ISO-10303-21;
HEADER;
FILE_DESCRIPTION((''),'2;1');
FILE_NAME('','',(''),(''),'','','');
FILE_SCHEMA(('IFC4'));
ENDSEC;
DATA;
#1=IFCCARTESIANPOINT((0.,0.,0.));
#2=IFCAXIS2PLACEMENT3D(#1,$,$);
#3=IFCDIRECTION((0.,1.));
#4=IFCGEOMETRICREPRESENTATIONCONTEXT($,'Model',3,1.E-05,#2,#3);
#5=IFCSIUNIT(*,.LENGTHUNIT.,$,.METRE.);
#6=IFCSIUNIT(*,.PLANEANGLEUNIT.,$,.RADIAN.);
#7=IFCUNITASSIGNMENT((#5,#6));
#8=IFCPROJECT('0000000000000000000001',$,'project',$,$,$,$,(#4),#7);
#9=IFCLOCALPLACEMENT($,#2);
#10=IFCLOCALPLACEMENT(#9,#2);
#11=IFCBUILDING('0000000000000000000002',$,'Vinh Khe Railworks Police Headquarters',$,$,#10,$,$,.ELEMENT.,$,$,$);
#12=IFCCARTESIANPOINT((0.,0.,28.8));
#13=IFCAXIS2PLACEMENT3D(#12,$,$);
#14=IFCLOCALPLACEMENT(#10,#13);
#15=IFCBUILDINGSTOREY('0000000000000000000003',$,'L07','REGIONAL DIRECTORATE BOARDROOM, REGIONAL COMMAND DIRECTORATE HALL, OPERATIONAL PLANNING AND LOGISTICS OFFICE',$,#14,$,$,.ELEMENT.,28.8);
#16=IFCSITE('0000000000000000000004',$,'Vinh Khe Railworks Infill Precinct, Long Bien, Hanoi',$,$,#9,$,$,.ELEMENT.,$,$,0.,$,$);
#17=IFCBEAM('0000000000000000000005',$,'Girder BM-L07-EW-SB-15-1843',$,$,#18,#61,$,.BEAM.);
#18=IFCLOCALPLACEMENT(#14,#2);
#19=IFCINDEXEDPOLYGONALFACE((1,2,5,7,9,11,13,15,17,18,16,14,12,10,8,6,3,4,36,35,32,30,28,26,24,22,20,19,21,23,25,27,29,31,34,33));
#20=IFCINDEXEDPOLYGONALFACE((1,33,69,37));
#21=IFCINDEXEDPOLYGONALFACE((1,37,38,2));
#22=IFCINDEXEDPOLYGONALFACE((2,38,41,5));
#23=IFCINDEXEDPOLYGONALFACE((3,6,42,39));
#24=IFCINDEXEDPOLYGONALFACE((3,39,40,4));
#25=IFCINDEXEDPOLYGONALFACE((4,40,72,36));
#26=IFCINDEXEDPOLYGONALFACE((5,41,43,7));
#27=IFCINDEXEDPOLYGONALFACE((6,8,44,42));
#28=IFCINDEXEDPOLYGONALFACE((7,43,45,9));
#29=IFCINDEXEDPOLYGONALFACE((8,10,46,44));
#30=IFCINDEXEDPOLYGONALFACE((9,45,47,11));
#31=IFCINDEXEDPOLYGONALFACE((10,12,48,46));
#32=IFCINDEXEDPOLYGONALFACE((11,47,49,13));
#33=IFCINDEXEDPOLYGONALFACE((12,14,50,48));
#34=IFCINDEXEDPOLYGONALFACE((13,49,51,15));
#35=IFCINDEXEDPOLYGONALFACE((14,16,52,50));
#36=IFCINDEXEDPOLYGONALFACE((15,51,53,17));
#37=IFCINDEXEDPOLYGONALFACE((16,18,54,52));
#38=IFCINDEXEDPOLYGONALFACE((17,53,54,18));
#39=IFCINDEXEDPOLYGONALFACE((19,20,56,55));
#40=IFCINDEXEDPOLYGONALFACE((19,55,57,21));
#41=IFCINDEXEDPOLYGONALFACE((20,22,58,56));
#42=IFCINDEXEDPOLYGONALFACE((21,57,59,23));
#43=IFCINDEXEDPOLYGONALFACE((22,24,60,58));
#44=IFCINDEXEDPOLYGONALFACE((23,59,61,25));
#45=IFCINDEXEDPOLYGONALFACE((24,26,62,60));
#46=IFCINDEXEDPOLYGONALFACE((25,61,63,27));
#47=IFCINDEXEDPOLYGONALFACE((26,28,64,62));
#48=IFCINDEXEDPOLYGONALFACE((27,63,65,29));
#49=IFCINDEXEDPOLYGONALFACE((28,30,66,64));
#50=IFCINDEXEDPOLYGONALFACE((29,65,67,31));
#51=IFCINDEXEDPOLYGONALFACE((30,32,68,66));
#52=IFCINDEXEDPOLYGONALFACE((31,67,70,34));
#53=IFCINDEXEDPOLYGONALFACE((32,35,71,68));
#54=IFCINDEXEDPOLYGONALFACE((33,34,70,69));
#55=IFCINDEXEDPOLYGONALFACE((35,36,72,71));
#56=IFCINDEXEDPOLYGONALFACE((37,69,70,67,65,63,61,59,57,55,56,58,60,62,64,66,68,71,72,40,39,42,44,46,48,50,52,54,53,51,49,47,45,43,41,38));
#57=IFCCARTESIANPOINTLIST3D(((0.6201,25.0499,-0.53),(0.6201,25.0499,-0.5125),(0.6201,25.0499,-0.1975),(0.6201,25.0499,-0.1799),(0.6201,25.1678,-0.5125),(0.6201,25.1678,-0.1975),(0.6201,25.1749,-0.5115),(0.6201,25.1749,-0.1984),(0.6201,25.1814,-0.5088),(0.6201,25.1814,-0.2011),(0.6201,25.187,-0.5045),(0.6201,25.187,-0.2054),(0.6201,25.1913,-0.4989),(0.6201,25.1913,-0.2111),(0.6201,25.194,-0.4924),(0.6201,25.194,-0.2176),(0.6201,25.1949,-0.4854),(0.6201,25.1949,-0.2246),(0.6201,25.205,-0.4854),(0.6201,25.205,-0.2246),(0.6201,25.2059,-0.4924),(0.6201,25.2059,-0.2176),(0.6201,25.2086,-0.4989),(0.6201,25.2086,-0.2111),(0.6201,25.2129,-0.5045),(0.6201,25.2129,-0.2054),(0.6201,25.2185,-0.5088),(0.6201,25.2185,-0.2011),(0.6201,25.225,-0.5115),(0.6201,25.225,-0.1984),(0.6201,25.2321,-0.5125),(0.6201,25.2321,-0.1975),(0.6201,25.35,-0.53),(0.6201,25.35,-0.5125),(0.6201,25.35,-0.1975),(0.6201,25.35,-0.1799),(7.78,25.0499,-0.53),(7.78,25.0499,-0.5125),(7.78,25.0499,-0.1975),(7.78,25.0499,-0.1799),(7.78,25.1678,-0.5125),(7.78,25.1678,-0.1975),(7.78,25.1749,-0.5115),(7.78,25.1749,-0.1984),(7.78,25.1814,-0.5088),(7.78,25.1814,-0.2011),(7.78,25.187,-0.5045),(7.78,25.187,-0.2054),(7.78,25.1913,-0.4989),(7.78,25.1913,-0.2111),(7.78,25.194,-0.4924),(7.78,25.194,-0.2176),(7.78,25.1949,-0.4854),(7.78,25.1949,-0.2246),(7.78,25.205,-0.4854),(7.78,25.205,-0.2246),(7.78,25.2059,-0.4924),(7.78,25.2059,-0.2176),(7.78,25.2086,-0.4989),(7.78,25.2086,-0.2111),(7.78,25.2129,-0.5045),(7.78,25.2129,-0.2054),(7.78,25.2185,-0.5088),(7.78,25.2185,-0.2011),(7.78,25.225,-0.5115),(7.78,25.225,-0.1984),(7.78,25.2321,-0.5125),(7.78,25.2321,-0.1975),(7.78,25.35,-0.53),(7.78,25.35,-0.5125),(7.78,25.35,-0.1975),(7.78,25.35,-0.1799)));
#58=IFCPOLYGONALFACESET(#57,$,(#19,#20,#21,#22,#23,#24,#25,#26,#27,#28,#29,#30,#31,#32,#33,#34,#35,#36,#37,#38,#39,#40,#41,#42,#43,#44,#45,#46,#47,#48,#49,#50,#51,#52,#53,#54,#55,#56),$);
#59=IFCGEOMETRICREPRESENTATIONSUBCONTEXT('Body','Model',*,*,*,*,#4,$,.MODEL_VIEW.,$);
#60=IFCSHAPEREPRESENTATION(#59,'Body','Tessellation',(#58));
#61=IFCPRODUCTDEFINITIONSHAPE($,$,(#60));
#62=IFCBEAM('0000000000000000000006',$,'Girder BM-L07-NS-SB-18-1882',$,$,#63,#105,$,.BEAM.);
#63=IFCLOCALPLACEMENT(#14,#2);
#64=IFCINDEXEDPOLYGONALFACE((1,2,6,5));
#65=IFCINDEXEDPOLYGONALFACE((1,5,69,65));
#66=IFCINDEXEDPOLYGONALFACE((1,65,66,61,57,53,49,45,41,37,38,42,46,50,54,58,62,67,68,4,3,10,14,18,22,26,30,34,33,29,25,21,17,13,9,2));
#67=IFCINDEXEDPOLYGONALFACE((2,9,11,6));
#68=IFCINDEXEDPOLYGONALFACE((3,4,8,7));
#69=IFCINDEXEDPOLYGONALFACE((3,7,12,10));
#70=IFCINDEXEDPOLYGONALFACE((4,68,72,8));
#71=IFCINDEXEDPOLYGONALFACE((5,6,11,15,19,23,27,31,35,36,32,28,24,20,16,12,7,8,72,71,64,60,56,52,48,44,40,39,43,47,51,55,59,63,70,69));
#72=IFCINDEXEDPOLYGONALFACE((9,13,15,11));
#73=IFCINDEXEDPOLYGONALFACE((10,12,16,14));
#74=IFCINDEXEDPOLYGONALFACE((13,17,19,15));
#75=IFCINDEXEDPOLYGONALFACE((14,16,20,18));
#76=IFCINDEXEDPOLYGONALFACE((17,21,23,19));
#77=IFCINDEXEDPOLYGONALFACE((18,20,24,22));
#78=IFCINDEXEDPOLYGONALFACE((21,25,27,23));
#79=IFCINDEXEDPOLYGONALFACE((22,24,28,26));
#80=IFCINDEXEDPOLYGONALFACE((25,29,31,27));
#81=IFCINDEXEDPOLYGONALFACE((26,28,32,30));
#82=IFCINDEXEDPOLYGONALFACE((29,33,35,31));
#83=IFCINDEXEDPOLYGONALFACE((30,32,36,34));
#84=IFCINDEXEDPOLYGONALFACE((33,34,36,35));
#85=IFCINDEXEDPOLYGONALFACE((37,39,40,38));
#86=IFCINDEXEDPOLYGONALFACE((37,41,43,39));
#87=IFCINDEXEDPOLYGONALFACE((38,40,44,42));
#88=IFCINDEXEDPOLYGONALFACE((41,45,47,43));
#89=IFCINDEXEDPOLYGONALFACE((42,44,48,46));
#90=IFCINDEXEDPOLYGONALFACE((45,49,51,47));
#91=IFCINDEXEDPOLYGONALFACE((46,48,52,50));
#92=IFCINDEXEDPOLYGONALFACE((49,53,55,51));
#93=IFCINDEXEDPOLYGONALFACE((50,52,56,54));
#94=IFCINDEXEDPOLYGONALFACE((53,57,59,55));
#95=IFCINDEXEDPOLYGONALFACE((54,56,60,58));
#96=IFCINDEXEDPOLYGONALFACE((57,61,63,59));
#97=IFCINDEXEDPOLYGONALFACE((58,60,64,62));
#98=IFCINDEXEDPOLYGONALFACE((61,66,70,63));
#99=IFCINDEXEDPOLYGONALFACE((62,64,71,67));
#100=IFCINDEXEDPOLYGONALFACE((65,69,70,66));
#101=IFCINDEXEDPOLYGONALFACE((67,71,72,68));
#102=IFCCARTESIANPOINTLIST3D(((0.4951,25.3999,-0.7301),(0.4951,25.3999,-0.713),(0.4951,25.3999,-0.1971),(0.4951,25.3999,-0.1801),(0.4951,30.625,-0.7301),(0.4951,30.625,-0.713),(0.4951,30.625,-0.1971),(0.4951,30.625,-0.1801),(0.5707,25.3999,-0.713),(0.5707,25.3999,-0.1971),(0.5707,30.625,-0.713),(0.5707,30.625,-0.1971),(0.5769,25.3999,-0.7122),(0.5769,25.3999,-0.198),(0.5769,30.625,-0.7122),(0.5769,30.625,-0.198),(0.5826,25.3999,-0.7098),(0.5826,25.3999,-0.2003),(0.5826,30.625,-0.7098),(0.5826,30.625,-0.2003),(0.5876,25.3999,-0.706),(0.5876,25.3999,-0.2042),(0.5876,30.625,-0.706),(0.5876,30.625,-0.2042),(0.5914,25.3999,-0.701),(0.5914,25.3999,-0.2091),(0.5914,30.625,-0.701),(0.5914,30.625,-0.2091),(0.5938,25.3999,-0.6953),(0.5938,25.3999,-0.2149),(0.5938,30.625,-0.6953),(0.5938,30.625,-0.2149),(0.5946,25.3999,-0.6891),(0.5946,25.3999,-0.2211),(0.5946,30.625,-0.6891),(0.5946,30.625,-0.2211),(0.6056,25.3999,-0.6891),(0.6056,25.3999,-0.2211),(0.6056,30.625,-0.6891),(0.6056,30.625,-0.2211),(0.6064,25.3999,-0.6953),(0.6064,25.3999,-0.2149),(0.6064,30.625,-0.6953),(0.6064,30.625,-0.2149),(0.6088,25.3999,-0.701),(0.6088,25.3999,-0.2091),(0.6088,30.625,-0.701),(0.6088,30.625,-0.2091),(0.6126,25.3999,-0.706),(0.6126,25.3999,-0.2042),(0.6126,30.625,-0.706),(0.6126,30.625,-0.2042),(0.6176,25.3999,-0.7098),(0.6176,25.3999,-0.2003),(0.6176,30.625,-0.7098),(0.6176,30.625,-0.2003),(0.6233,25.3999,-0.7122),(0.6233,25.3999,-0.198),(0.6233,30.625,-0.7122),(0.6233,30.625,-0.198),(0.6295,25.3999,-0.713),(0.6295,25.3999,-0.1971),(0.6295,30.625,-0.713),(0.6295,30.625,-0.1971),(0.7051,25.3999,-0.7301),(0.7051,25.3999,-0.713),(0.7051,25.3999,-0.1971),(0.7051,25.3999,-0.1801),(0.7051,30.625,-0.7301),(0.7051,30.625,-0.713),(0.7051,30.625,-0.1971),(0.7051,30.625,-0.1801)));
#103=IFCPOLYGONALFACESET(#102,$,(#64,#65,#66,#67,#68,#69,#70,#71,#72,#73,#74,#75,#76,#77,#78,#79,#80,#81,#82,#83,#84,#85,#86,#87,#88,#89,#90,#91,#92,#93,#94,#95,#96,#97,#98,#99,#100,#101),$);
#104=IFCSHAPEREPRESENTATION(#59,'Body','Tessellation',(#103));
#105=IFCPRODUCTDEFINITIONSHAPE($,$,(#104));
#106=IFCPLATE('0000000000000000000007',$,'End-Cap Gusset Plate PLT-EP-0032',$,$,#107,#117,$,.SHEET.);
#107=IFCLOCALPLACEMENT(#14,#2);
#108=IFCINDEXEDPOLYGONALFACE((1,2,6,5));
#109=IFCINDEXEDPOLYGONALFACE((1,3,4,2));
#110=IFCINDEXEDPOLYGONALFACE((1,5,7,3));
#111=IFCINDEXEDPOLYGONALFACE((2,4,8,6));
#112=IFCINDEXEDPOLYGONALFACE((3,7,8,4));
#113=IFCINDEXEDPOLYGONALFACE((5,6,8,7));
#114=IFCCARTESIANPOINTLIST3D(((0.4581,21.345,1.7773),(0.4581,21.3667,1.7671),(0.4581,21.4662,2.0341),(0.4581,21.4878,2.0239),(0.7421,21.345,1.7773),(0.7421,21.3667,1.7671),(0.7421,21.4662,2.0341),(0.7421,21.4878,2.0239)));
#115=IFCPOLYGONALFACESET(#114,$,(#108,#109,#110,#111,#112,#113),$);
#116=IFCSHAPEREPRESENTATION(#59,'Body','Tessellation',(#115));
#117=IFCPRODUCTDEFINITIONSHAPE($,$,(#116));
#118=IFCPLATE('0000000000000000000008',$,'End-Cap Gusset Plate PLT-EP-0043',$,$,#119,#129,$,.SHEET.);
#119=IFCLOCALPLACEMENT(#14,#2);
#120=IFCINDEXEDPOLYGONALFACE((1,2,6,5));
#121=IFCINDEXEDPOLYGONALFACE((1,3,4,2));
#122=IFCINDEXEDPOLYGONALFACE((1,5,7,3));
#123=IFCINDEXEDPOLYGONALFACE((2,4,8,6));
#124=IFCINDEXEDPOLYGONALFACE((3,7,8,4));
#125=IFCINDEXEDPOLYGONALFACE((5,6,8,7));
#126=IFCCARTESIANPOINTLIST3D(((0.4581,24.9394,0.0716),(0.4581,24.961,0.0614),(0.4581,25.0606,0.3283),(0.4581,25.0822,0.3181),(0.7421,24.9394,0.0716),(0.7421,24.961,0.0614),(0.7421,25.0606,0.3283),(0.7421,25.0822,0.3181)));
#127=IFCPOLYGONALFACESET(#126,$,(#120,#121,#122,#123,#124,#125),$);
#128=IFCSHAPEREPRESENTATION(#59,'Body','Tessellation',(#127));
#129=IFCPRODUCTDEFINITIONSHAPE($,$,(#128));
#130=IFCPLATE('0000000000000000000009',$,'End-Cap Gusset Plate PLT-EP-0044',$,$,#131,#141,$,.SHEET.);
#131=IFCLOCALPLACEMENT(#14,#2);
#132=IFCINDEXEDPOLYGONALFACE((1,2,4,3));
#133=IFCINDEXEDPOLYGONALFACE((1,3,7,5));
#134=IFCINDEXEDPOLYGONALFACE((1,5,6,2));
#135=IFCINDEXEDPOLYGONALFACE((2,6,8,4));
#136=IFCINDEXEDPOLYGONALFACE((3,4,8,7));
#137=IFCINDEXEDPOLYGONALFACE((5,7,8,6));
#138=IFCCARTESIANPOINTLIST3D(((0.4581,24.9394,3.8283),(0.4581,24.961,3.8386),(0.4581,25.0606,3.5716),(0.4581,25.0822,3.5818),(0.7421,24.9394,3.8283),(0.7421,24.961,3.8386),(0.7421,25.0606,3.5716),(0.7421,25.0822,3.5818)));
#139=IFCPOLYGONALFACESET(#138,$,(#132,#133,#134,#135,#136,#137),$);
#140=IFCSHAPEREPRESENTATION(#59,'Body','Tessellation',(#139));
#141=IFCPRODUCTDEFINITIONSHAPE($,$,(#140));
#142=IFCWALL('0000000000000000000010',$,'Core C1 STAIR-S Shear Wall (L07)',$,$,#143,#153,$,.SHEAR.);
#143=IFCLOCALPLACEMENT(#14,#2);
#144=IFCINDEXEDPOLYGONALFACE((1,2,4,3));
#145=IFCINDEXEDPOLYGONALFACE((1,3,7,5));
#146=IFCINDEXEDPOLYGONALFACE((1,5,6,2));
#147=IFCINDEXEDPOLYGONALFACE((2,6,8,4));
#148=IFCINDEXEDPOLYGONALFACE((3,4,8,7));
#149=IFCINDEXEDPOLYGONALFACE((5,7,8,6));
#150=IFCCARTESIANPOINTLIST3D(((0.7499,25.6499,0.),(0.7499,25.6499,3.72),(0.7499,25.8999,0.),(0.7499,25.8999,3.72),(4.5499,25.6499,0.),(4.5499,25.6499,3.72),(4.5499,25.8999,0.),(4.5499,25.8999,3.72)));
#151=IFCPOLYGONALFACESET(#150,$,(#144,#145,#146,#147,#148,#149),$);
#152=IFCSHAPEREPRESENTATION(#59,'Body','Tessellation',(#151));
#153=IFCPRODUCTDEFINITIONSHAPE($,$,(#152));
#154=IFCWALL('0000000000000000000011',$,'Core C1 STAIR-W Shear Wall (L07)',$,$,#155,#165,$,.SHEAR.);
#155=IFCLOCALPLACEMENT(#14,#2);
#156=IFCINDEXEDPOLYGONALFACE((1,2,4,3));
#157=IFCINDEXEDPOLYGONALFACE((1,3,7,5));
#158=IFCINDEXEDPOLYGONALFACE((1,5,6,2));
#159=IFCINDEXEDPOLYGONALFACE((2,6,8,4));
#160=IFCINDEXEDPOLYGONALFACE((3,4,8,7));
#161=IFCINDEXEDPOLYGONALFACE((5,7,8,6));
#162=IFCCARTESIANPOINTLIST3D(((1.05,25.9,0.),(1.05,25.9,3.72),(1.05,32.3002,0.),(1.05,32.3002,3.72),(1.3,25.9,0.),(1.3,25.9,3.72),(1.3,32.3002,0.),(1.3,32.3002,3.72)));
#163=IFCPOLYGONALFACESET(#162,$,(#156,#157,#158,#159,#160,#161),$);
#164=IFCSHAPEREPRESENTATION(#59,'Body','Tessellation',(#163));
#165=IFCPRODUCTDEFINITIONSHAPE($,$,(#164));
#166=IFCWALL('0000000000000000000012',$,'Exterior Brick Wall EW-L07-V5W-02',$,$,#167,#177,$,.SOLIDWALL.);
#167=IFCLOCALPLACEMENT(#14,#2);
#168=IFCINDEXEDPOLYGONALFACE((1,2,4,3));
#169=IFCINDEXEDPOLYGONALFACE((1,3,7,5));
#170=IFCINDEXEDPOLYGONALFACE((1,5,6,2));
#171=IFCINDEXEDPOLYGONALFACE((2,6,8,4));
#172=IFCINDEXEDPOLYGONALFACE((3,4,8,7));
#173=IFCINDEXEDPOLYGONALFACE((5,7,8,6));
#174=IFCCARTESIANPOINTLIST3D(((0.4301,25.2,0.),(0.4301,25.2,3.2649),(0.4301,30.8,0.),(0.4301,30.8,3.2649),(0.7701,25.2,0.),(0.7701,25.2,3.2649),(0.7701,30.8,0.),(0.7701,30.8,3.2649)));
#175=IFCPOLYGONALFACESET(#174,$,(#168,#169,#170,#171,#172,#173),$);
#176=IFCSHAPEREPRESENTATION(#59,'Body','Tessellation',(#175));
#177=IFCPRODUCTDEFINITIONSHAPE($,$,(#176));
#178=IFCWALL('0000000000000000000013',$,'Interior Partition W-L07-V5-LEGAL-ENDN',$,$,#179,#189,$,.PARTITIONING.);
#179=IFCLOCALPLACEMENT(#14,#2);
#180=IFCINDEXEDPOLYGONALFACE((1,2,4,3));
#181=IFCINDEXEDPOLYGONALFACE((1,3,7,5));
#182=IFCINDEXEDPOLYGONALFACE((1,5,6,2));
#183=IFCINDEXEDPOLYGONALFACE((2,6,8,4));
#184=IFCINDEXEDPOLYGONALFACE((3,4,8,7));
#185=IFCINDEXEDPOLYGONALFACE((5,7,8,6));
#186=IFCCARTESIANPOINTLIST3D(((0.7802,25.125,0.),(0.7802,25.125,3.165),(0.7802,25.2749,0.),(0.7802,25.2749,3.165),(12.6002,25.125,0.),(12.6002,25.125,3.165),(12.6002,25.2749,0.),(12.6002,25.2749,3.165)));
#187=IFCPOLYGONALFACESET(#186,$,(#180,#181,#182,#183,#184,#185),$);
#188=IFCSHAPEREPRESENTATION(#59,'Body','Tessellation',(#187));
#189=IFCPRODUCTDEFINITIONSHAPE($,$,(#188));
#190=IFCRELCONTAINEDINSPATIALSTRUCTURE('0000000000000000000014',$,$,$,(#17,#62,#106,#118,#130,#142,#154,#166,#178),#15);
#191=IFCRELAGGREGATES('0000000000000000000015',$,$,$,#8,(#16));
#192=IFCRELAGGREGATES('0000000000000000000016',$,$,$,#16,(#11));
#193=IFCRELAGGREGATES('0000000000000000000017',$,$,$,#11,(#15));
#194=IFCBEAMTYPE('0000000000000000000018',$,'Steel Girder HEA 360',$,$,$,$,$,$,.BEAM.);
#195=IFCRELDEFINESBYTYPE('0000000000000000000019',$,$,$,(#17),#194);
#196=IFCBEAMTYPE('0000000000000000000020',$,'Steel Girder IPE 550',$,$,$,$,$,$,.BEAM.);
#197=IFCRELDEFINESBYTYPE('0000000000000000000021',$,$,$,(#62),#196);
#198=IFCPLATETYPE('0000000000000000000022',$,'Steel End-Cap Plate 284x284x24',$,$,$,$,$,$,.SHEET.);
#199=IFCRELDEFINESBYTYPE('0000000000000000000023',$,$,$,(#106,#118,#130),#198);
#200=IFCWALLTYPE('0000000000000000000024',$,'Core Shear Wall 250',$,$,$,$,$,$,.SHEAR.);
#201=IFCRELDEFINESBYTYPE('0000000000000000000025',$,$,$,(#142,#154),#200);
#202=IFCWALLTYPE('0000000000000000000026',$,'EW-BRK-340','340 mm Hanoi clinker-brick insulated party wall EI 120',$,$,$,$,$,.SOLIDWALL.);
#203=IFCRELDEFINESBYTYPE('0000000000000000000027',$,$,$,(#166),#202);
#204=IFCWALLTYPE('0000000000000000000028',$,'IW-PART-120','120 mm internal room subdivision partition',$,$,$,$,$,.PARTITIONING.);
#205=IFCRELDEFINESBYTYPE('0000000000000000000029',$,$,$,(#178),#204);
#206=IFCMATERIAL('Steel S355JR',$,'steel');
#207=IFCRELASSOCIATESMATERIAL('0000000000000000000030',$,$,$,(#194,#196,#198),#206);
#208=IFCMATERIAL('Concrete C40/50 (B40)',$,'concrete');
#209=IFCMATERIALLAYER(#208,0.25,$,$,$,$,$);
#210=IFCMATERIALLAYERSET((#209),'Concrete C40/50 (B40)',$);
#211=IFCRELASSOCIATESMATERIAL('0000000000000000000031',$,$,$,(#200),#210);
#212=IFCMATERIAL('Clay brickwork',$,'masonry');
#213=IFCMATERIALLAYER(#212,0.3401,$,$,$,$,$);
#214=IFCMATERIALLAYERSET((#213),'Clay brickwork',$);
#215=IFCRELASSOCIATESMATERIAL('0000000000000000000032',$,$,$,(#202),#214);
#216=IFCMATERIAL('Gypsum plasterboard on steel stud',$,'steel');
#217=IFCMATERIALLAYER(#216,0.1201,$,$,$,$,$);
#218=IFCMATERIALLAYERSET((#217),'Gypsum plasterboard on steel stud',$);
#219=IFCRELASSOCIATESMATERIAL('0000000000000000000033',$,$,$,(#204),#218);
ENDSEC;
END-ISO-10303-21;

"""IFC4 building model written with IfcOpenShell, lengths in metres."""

from ifc_helpers import new_model, si_unit, direction, frame, frame_2d, origin, origin_2d, place, context, subcontext, project, spatial, rectangle, i_section, extrude, material, layer, layer_set, material_profile, profile_set, type_object, element, save


model = new_model("IFC4")

# Units and contexts
model_context = context("Model", 3, precision=1e-05, world=origin(), true_north=direction((0.0, 1.0)))
body_context = subcontext(model_context, "Body", "Model", "MODEL_VIEW")
ifc_project = project(units=[si_unit("LENGTHUNIT", "METRE"), si_unit("PLANEANGLEUNIT", "RADIAN")], contexts=[model_context])

# Site, building, storey
site_placement = place(None, origin())
site = spatial("IfcSite", under=ifc_project, at=site_placement, Name="Vinh Khe Railworks Infill Precinct, Long Bien, Hanoi", CompositionType="ELEMENT", RefElevation=0.0)
building_placement = place(site_placement, origin())
building = spatial("IfcBuilding", under=site, at=building_placement, Name="Vinh Khe Railworks Police Headquarters", CompositionType="ELEMENT")
storey_placement = place(building_placement, frame((0.0, 0.0, 28.8)))
storey = spatial("IfcBuildingStorey", under=building, at=storey_placement, Name="L07", Description="REGIONAL DIRECTORATE BOARDROOM, REGIONAL COMMAND DIRECTORATE HALL, OPERATIONAL PLANNING AND LOGISTICS OFFICE", CompositionType="ELEMENT", Elevation=28.8)

# Shared definitions
ifc_material_1 = material(Name="Steel S355JR", Category="steel")

# Beams
ifc_material_profile_1 = material_profile(ifc_material_1, i_section(OverallWidth=0.3, OverallDepth=0.3501, WebThickness=0.01, FlangeThickness=0.0176, FilletRadius=0.0271, at=origin_2d()), Name="HEA 360")
ifc_profile_set_1 = profile_set([ifc_material_profile_1], Name="Steel S355JR")
beam_type_1 = type_object("IfcBeamType", Name="Steel Girder HEA 360", PredefinedType="BEAM", material=ifc_profile_set_1)
beam_1_placement = place(storey_placement, frame((0.6201, 25.2, -0.355), z_axis=(1.0, 0.0, 0.0), x_axis=(0.0, 1.0, 0.0)))
element("IfcBeam", 1, at=beam_1_placement, inside=storey, type_object=beam_type_1, Name="Girder BM-L07-EW-SB-15-1843", PredefinedType="BEAM", context=body_context, shape_type="SweptSolid", body=[
    extrude(i_section(OverallWidth=0.3, OverallDepth=0.3501, WebThickness=0.01, FlangeThickness=0.0176, FilletRadius=0.0271, at=origin_2d()), origin(), (0.0, 0.0, 1.0), 7.1599),
])
ifc_material_profile_2 = material_profile(ifc_material_1, i_section(OverallWidth=0.21, OverallDepth=0.55, WebThickness=0.011, FlangeThickness=0.0171, FilletRadius=0.0239, at=origin_2d()), Name="IPE 550")
ifc_profile_set_2 = profile_set([ifc_material_profile_2], Name="Steel S355JR")
beam_type_2 = type_object("IfcBeamType", Name="Steel Girder IPE 550", PredefinedType="BEAM", material=ifc_profile_set_2)
beam_2_placement = place(storey_placement, frame((0.6001, 25.3999, -0.4551), z_axis=(0.0, 1.0, 0.0), x_axis=(-1.0, 0.0, 0.0)))
element("IfcBeam", 2, at=beam_2_placement, inside=storey, type_object=beam_type_2, Name="Girder BM-L07-NS-SB-18-1882", PredefinedType="BEAM", context=body_context, shape_type="SweptSolid", body=[
    extrude(i_section(OverallWidth=0.21, OverallDepth=0.55, WebThickness=0.011, FlangeThickness=0.0171, FilletRadius=0.0239, at=origin_2d()), origin(), (0.0, 0.0, 1.0), 5.2251),
])

# Plates
ifc_material_profile_3 = material_profile(ifc_material_1, rectangle(XDim=0.2839, YDim=0.2839, at=origin_2d()), Name="PL 284x284")
ifc_profile_set_3 = profile_set([ifc_material_profile_3], Name="Steel S355JR")
plate_type = type_object("IfcPlateType", Name="Steel End-Cap Plate 284x284x24", PredefinedType="SHEET", material=ifc_profile_set_3)
for number, where, z_axis, x_axis, name in (
    (3, (0.6001, 21.4272, 1.8955), (0.0, -0.904358, 0.426775), (1.0, 0.0, 0.0), "End-Cap Gusset Plate PLT-EP-0032"),
    (4, (0.6001, 25.0, 0.2), (0.0, 0.904358, -0.426775), (-1.0, 0.0, 0.0), "End-Cap Gusset Plate PLT-EP-0043"),
    (5, (0.6001, 25.0, 3.7), (0.0, 0.904358, 0.426775), (-1.0, 0.0, 0.0), "End-Cap Gusset Plate PLT-EP-0044"),
):
    element("IfcPlate", number, at=place(storey_placement, frame(where, z_axis=z_axis, x_axis=x_axis)), inside=storey, type_object=plate_type, Name=name, PredefinedType="SHEET", context=body_context, shape_type="SweptSolid", body=[
        extrude(rectangle(XDim=0.2839, YDim=0.2839, at=origin_2d()), origin(), (0.0, 0.0, 1.0), 0.0239),
    ])

# Walls
ifc_material_2 = material(Name="Concrete C40/50 (B40)", Category="concrete")
ifc_layer_1 = layer(ifc_material_2, 0.25)
ifc_layer_set_1 = layer_set([ifc_layer_1], Name="Concrete C40/50 (B40)")
wall_type_1 = type_object("IfcWallType", Name="Core Shear Wall 250", PredefinedType="SHEAR", material=ifc_layer_set_1)
wall_1_placement = place(storey_placement, frame((0.75, 25.7749, 0.0), z_axis=(0.0, 0.0, 1.0), x_axis=(1.0, 0.0, 0.0)))
element("IfcWall", 6, at=wall_1_placement, inside=storey, type_object=wall_type_1, Name="Core C1 STAIR-S Shear Wall (L07)", PredefinedType="SHEAR", context=body_context, shape_type="SweptSolid", body=[
    extrude(rectangle(XDim=3.8, YDim=0.25, at=frame_2d((1.8999, 0.0))), origin(), (0.0, 0.0, 1.0), 3.72),
])
wall_2_placement = place(storey_placement, frame((1.175, 25.8999, 0.0), z_axis=(0.0, 0.0, 1.0), x_axis=(0.0, 1.0, 0.0)))
element("IfcWall", 7, at=wall_2_placement, inside=storey, type_object=wall_type_1, Name="Core C1 STAIR-W Shear Wall (L07)", PredefinedType="SHEAR", context=body_context, shape_type="SweptSolid", body=[
    extrude(rectangle(XDim=6.4001, YDim=0.25, at=frame_2d((3.2002, 0.0))), origin(), (0.0, 0.0, 1.0), 3.72),
])
ifc_material_3 = material(Name="Clay brickwork", Category="masonry")
ifc_layer_2 = layer(ifc_material_3, 0.3401)
ifc_layer_set_2 = layer_set([ifc_layer_2], Name="Clay brickwork")
wall_type_2 = type_object("IfcWallType", Name="EW-BRK-340", Description="340 mm Hanoi clinker-brick insulated party wall EI 120", PredefinedType="SOLIDWALL", material=ifc_layer_set_2)
wall_3_placement = place(storey_placement, frame((0.6001, 25.2, 0.0), z_axis=(0.0, 0.0, 1.0), x_axis=(0.0, 1.0, 0.0)))
element("IfcWall", 8, at=wall_3_placement, inside=storey, type_object=wall_type_2, Name="Exterior Brick Wall EW-L07-V5W-02", PredefinedType="SOLIDWALL", context=body_context, shape_type="SweptSolid", body=[
    extrude(rectangle(XDim=5.6001, YDim=0.3401, at=frame_2d((2.8, 0.0))), origin(), (0.0, 0.0, 1.0), 3.2649),
])
ifc_material_4 = material(Name="Gypsum plasterboard on steel stud", Category="steel")
ifc_layer_3 = layer(ifc_material_4, 0.1201)
ifc_layer_set_3 = layer_set([ifc_layer_3], Name="Gypsum plasterboard on steel stud")
wall_type_3 = type_object("IfcWallType", Name="IW-PART-120", Description="120 mm internal room subdivision partition", PredefinedType="PARTITIONING", material=ifc_layer_set_3)
wall_4_placement = place(storey_placement, frame((0.78, 25.2, 0.0), z_axis=(0.0, 0.0, 1.0), x_axis=(1.0, 0.0, 0.0)))
element("IfcWall", 9, at=wall_4_placement, inside=storey, type_object=wall_type_3, Name="Interior Partition W-L07-V5-LEGAL-ENDN", PredefinedType="PARTITIONING", context=body_context, shape_type="SweptSolid", body=[
    extrude(rectangle(XDim=11.8201, YDim=0.1499, at=frame_2d((5.9102, 0.0))), origin(), (0.0, 0.0, 1.0), 3.165),
])

save(model, "model.ifc")
